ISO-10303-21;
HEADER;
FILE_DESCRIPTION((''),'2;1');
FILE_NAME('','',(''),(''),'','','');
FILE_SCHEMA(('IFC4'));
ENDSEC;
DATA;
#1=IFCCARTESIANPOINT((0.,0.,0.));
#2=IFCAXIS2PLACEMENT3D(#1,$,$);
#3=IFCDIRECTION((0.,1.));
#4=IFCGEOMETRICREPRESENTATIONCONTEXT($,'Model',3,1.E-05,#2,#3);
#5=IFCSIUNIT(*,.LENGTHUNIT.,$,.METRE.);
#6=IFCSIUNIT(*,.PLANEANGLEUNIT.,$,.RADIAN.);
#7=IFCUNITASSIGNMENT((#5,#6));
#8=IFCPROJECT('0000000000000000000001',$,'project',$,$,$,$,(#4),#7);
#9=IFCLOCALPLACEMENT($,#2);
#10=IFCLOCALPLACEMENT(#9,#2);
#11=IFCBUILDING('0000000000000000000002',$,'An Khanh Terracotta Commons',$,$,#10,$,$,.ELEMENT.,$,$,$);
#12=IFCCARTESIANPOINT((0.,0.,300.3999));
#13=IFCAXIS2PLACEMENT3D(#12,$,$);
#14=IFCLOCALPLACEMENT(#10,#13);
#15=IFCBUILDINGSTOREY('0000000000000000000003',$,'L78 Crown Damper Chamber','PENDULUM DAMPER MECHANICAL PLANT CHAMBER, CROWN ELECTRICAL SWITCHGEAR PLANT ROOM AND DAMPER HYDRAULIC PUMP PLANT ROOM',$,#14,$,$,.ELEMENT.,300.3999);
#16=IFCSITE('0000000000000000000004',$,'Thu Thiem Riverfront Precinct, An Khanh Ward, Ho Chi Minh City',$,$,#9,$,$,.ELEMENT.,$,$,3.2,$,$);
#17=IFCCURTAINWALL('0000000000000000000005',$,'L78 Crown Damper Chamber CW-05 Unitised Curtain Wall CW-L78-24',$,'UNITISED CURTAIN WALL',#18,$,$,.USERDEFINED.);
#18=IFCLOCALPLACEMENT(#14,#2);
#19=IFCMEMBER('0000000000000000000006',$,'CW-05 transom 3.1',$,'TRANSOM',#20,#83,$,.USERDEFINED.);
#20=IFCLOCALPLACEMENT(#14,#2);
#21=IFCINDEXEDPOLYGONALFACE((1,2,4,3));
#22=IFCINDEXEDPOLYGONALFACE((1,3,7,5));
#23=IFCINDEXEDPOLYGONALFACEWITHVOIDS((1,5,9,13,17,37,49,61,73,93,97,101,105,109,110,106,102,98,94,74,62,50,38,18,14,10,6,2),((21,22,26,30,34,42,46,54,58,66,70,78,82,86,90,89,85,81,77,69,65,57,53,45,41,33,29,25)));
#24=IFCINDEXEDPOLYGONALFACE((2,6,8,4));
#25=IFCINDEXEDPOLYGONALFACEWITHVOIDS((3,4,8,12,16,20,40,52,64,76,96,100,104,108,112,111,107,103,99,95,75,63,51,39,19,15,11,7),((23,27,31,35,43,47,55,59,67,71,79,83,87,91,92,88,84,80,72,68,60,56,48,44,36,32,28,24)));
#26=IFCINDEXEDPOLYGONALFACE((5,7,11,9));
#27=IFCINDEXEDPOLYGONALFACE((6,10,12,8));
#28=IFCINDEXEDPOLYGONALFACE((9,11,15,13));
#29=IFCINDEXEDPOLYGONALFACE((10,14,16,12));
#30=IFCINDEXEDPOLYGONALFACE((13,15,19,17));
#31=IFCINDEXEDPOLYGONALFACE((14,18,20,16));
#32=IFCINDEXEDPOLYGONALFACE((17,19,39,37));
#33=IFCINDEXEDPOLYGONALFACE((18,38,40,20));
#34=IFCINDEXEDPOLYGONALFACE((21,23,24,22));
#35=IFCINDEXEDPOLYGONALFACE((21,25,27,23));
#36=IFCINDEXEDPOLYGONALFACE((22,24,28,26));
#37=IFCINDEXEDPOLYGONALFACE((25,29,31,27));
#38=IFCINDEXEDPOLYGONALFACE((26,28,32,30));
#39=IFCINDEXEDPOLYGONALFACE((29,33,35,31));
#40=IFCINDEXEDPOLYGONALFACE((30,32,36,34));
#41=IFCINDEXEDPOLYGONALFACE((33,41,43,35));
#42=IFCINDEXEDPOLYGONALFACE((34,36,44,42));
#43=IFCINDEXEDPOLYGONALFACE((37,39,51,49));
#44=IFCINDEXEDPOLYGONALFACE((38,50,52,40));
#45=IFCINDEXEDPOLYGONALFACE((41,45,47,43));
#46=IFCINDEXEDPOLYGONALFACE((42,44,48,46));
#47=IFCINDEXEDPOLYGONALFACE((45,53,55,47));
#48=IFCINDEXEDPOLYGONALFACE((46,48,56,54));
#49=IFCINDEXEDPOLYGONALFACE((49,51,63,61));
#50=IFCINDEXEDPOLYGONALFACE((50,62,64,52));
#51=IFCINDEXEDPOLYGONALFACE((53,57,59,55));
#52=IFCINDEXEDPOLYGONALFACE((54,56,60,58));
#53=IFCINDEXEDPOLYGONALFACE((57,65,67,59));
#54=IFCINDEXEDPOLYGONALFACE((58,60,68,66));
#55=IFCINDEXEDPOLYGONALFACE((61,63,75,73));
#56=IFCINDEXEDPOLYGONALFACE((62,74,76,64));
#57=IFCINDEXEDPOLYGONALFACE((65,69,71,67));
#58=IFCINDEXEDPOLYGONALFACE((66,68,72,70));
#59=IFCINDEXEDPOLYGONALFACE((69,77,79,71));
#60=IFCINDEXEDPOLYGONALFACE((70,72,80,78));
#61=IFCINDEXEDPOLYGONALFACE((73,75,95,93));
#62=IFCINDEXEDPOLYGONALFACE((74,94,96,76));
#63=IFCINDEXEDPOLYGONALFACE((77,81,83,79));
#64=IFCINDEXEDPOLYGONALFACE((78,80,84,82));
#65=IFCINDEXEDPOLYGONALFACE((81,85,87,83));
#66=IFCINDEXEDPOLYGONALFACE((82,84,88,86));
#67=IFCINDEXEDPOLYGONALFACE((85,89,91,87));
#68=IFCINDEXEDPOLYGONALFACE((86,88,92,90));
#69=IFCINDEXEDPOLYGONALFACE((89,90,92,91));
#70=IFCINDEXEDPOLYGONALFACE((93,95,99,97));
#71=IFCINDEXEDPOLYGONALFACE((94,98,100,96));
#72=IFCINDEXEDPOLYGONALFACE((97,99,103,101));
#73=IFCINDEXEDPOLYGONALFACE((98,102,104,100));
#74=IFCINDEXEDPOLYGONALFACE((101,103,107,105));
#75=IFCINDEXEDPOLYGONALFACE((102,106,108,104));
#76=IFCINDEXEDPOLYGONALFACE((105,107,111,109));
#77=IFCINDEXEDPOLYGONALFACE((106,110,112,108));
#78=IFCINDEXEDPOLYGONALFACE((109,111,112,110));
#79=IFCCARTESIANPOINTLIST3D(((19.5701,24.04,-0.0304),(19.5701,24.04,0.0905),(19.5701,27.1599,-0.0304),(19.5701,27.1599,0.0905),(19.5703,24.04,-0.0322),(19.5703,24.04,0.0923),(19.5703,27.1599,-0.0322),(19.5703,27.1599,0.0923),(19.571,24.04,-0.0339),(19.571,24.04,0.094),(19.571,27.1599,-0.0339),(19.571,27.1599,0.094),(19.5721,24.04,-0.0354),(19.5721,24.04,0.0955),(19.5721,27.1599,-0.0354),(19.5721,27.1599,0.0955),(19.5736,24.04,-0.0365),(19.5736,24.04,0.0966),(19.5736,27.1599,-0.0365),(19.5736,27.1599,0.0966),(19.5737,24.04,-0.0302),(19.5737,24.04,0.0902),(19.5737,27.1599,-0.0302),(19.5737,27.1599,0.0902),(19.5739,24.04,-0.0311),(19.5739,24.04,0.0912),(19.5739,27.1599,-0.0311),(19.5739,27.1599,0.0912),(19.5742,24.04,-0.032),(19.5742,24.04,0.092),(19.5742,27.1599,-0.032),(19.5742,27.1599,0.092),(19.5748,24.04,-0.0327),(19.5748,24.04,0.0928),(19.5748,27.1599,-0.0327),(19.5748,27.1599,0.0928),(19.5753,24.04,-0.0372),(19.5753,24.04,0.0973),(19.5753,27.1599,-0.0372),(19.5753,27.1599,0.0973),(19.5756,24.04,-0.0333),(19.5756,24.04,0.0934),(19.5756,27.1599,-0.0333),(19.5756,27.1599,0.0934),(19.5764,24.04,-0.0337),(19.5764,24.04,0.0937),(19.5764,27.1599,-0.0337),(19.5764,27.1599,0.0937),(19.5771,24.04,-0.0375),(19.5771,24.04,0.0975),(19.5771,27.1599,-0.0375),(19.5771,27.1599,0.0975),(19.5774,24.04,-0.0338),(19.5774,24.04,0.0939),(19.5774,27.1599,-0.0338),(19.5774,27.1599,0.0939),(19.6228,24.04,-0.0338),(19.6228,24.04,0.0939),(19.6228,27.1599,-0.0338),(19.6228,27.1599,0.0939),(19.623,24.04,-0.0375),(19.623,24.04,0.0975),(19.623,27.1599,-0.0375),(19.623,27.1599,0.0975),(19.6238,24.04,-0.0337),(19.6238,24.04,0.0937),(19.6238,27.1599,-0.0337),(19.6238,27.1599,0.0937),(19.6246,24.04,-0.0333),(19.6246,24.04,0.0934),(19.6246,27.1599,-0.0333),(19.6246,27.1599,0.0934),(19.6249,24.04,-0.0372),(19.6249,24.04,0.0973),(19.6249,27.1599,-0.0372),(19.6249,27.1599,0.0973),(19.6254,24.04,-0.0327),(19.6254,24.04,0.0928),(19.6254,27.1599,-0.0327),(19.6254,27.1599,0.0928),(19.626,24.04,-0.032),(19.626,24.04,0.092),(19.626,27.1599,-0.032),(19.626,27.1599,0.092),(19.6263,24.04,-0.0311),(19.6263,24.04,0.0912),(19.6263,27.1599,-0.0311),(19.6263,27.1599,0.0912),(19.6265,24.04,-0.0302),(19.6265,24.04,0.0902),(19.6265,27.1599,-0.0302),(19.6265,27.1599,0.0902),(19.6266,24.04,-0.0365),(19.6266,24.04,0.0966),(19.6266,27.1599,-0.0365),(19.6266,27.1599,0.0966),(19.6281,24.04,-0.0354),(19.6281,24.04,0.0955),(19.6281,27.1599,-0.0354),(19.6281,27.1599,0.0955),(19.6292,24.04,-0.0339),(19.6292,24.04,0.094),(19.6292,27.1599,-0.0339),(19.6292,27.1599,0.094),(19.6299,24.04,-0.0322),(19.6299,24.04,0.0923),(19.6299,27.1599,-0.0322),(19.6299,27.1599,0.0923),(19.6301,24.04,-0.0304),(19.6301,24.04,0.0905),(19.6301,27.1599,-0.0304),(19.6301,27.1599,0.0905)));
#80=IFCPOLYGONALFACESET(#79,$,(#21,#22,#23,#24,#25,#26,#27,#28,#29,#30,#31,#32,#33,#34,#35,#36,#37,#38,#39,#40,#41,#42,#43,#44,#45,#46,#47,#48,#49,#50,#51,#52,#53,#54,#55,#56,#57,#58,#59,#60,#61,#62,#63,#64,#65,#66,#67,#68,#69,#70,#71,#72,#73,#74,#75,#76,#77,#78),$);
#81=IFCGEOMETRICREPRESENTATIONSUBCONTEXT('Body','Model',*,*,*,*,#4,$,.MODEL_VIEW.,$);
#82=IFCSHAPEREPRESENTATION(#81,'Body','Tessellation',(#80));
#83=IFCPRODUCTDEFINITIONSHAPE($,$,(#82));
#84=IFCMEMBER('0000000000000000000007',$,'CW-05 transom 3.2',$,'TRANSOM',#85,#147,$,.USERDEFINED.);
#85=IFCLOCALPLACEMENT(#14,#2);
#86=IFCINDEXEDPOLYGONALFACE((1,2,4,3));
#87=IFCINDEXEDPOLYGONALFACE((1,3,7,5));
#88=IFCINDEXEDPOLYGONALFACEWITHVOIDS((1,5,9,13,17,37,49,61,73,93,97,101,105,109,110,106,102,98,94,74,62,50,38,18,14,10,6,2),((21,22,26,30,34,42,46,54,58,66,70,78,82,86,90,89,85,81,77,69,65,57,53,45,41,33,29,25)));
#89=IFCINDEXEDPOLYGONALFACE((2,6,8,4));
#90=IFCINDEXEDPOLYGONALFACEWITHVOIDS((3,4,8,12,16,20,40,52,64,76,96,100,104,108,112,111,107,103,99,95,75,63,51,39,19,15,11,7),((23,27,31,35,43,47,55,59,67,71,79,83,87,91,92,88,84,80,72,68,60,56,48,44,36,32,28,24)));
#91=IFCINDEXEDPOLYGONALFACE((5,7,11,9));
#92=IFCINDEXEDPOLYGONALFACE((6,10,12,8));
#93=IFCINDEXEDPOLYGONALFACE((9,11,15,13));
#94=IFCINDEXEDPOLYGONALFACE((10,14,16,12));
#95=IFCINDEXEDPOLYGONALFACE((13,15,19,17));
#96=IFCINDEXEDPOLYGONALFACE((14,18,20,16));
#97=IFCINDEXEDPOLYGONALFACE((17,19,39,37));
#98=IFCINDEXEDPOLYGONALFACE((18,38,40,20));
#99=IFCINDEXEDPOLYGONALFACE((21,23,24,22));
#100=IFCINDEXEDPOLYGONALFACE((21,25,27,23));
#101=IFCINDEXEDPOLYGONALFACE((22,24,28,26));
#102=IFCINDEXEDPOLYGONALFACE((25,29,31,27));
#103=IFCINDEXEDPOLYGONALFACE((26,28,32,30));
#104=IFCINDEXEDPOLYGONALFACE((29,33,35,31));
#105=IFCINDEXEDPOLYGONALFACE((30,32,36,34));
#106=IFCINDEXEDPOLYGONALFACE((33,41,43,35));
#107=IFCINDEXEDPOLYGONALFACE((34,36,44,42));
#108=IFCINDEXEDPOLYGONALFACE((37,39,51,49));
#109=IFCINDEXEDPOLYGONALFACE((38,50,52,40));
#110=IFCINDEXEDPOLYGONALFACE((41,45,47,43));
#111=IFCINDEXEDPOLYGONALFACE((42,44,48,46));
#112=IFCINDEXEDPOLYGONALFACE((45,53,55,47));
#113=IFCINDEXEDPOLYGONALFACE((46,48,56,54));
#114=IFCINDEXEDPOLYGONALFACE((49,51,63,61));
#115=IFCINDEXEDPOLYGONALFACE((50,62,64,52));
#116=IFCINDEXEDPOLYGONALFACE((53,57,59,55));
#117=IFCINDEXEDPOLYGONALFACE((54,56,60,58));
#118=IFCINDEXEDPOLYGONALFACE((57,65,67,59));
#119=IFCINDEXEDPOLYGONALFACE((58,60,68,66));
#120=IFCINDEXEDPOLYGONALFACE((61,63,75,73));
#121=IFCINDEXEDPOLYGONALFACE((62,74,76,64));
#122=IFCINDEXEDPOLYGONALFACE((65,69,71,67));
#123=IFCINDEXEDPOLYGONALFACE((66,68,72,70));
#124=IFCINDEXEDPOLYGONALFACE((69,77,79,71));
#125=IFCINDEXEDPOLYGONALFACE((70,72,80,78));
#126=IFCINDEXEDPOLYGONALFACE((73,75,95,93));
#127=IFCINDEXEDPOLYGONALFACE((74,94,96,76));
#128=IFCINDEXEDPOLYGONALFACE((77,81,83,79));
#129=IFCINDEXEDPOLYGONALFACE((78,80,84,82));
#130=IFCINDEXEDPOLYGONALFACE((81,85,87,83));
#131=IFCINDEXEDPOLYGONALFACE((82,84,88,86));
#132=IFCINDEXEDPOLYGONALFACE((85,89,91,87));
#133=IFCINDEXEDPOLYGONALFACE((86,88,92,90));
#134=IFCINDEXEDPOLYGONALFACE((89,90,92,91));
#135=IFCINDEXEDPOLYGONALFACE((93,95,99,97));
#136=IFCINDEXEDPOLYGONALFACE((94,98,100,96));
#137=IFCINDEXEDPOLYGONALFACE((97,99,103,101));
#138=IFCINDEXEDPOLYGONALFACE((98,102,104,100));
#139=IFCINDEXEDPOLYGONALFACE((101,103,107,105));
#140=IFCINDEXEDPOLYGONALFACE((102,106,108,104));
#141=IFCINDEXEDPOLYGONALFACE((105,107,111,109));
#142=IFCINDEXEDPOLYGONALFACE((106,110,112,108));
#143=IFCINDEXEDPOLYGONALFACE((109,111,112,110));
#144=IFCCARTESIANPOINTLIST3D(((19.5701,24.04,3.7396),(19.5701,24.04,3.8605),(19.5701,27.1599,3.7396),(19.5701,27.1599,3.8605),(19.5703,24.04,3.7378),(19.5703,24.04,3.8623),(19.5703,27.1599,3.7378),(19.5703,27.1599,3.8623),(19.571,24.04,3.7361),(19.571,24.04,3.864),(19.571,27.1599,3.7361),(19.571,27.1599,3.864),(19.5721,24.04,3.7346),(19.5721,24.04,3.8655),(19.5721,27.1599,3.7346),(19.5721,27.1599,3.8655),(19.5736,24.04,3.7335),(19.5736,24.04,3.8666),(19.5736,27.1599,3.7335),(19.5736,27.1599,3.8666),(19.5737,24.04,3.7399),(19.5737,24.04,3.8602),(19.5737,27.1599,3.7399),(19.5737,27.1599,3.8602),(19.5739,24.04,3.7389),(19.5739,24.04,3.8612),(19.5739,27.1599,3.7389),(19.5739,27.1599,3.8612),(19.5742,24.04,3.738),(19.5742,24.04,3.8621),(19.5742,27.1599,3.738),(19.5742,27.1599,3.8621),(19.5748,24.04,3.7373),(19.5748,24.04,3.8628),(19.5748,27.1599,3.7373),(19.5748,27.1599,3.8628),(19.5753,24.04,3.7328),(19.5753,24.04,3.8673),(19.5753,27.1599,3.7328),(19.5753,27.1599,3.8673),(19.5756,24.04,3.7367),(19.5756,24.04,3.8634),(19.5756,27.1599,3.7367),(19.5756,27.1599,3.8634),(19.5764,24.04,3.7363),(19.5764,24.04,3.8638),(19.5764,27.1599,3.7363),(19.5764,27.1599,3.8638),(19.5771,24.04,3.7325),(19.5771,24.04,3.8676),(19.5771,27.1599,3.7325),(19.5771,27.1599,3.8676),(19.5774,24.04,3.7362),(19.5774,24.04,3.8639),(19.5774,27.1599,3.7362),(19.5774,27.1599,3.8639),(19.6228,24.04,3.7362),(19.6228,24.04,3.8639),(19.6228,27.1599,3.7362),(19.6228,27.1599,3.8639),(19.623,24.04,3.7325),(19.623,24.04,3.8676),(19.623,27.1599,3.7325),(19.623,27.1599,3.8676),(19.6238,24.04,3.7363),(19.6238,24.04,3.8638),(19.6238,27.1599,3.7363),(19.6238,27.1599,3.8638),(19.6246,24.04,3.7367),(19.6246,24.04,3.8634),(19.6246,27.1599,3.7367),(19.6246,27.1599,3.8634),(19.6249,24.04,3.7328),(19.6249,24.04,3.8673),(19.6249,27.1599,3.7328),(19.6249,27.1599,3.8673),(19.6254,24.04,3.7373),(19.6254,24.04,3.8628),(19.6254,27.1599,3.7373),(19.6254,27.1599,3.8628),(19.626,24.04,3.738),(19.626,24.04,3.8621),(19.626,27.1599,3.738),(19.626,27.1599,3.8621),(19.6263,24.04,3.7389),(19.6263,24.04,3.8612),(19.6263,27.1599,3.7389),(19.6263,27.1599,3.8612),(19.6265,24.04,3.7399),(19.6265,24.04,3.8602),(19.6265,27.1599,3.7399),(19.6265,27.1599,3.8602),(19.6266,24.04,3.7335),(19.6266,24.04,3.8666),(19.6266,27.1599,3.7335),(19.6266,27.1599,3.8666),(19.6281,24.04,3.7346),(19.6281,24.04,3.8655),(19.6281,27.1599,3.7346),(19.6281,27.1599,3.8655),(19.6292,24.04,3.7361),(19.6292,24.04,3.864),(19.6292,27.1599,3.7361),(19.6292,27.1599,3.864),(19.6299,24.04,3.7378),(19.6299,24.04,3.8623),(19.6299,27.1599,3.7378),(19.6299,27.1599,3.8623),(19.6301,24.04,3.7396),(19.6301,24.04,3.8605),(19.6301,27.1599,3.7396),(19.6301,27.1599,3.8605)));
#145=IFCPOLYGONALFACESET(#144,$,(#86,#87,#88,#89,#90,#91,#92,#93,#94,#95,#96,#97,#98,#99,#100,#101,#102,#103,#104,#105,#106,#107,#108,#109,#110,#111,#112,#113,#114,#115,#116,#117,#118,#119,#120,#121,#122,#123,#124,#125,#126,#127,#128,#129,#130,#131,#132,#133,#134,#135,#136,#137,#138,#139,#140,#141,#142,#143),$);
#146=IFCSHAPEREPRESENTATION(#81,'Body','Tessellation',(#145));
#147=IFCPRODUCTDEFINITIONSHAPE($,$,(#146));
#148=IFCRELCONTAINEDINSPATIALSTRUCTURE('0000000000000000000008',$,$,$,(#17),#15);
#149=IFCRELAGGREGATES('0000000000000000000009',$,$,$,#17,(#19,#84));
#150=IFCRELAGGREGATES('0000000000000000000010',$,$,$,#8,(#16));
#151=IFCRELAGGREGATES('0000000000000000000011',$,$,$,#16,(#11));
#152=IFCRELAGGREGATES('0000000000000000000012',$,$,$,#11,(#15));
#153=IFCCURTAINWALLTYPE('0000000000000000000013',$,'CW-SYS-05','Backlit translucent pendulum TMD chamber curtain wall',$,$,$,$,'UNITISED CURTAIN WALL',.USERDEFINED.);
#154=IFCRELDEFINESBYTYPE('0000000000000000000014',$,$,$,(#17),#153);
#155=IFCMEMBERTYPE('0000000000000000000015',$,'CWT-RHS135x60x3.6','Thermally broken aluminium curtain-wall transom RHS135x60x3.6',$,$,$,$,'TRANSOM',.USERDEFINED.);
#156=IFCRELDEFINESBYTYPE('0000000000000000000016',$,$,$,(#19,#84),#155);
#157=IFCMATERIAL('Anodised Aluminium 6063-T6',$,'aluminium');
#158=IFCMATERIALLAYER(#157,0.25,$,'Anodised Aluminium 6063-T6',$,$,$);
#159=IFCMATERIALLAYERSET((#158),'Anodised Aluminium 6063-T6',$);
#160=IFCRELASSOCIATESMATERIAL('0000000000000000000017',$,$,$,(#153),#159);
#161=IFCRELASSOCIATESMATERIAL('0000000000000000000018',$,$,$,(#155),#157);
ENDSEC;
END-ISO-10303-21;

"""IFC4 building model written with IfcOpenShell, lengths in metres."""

from ifc_helpers import new_model, si_unit, direction, frame, origin, origin_2d, place, context, subcontext, project, spatial, hollow_rectangle, extrude, material, layer, layer_set, material_profile, profile_set, type_object, element, aggregate, save


model = new_model("IFC4")

# Units and contexts
model_context = context("Model", 3, precision=1e-05, world=origin(), true_north=direction((0.0, 1.0)))
body_context = subcontext(model_context, "Body", "Model", "MODEL_VIEW")
ifc_project = project(units=[si_unit("LENGTHUNIT", "METRE"), si_unit("PLANEANGLEUNIT", "RADIAN")], contexts=[model_context])

# Site, building, storey
site_placement = place(None, origin())
site = spatial("IfcSite", under=ifc_project, at=site_placement, Name="Thu Thiem Riverfront Precinct, An Khanh Ward, Ho Chi Minh City", CompositionType="ELEMENT", RefElevation=3.2)
building_placement = place(site_placement, origin())
building = spatial("IfcBuilding", under=site, at=building_placement, Name="An Khanh Terracotta Commons", CompositionType="ELEMENT")
storey_placement = place(building_placement, frame((0.0, 0.0, 300.3999)))
storey = spatial("IfcBuildingStorey", under=building, at=storey_placement, Name="L78 Crown Damper Chamber", Description="PENDULUM DAMPER MECHANICAL PLANT CHAMBER, CROWN ELECTRICAL SWITCHGEAR PLANT ROOM AND DAMPER HYDRAULIC PUMP PLANT ROOM", CompositionType="ELEMENT", Elevation=300.3999)

# Curtain wall, members
ifc_material_1 = material(Name="Anodised Aluminium 6063-T6", Category="aluminium")
ifc_layer_1 = layer(ifc_material_1, 0.25, Name="Anodised Aluminium 6063-T6")
ifc_layer_set_1 = layer_set([ifc_layer_1], Name="Anodised Aluminium 6063-T6")
curtain_wall_type = type_object("IfcCurtainWallType", Name="CW-SYS-05", Description="Backlit translucent pendulum TMD chamber curtain wall", ElementType="UNITISED CURTAIN WALL", PredefinedType="USERDEFINED", material=ifc_layer_set_1)
curtain_wall_placement = place(storey_placement, origin())
curtain_wall = element("IfcCurtainWall", 1, at=curtain_wall_placement, inside=storey, type_object=curtain_wall_type, Name="L78 Crown Damper Chamber CW-05 Unitised Curtain Wall CW-L78-24", ObjectType="UNITISED CURTAIN WALL", PredefinedType="USERDEFINED")
ifc_material_profile_1 = material_profile(ifc_material_1, hollow_rectangle(XDim=0.0601, YDim=0.135, WallThickness=0.0037, InnerFilletRadius=0.0037, OuterFilletRadius=0.0071, at=origin_2d()), Name="RHS135x60x3.6")
ifc_profile_set_1 = profile_set([ifc_material_profile_1], Name="Anodised Aluminium 6063-T6")
member_type_1 = type_object("IfcMemberType", Name="CWT-RHS135x60x3.6", Description="Thermally broken aluminium curtain-wall transom RHS135x60x3.6", ElementType="TRANSOM", PredefinedType="USERDEFINED", material=ifc_profile_set_1)
member_1_placement = place(storey_placement, frame((19.6001, 27.1599, 0.03), z_axis=(0.0, -1.0, 0.0), x_axis=(1.0, 0.0, 0.0)))
member_1 = element("IfcMember", 2, at=member_1_placement, type_object=member_type_1, Name="CW-05 transom 3.1", ObjectType="TRANSOM", PredefinedType="USERDEFINED", context=body_context, shape_type="SweptSolid", body=[
    extrude(hollow_rectangle(XDim=0.0601, YDim=0.135, WallThickness=0.0037, InnerFilletRadius=0.0037, OuterFilletRadius=0.0071, at=origin_2d()), origin(), (0.0, 0.0, 1.0), 3.1199),
])
member_2_placement = place(storey_placement, frame((19.6001, 27.1599, 3.8), z_axis=(0.0, -1.0, 0.0), x_axis=(1.0, 0.0, 0.0)))
member_2 = element("IfcMember", 3, at=member_2_placement, type_object=member_type_1, Name="CW-05 transom 3.2", ObjectType="TRANSOM", PredefinedType="USERDEFINED", context=body_context, shape_type="SweptSolid", body=[
    extrude(hollow_rectangle(XDim=0.0601, YDim=0.135, WallThickness=0.0037, InnerFilletRadius=0.0037, OuterFilletRadius=0.0071, at=origin_2d()), origin(), (0.0, 0.0, 1.0), 3.1199),
])
aggregate(curtain_wall, [member_1, member_2])

save(model, "model.ifc")
